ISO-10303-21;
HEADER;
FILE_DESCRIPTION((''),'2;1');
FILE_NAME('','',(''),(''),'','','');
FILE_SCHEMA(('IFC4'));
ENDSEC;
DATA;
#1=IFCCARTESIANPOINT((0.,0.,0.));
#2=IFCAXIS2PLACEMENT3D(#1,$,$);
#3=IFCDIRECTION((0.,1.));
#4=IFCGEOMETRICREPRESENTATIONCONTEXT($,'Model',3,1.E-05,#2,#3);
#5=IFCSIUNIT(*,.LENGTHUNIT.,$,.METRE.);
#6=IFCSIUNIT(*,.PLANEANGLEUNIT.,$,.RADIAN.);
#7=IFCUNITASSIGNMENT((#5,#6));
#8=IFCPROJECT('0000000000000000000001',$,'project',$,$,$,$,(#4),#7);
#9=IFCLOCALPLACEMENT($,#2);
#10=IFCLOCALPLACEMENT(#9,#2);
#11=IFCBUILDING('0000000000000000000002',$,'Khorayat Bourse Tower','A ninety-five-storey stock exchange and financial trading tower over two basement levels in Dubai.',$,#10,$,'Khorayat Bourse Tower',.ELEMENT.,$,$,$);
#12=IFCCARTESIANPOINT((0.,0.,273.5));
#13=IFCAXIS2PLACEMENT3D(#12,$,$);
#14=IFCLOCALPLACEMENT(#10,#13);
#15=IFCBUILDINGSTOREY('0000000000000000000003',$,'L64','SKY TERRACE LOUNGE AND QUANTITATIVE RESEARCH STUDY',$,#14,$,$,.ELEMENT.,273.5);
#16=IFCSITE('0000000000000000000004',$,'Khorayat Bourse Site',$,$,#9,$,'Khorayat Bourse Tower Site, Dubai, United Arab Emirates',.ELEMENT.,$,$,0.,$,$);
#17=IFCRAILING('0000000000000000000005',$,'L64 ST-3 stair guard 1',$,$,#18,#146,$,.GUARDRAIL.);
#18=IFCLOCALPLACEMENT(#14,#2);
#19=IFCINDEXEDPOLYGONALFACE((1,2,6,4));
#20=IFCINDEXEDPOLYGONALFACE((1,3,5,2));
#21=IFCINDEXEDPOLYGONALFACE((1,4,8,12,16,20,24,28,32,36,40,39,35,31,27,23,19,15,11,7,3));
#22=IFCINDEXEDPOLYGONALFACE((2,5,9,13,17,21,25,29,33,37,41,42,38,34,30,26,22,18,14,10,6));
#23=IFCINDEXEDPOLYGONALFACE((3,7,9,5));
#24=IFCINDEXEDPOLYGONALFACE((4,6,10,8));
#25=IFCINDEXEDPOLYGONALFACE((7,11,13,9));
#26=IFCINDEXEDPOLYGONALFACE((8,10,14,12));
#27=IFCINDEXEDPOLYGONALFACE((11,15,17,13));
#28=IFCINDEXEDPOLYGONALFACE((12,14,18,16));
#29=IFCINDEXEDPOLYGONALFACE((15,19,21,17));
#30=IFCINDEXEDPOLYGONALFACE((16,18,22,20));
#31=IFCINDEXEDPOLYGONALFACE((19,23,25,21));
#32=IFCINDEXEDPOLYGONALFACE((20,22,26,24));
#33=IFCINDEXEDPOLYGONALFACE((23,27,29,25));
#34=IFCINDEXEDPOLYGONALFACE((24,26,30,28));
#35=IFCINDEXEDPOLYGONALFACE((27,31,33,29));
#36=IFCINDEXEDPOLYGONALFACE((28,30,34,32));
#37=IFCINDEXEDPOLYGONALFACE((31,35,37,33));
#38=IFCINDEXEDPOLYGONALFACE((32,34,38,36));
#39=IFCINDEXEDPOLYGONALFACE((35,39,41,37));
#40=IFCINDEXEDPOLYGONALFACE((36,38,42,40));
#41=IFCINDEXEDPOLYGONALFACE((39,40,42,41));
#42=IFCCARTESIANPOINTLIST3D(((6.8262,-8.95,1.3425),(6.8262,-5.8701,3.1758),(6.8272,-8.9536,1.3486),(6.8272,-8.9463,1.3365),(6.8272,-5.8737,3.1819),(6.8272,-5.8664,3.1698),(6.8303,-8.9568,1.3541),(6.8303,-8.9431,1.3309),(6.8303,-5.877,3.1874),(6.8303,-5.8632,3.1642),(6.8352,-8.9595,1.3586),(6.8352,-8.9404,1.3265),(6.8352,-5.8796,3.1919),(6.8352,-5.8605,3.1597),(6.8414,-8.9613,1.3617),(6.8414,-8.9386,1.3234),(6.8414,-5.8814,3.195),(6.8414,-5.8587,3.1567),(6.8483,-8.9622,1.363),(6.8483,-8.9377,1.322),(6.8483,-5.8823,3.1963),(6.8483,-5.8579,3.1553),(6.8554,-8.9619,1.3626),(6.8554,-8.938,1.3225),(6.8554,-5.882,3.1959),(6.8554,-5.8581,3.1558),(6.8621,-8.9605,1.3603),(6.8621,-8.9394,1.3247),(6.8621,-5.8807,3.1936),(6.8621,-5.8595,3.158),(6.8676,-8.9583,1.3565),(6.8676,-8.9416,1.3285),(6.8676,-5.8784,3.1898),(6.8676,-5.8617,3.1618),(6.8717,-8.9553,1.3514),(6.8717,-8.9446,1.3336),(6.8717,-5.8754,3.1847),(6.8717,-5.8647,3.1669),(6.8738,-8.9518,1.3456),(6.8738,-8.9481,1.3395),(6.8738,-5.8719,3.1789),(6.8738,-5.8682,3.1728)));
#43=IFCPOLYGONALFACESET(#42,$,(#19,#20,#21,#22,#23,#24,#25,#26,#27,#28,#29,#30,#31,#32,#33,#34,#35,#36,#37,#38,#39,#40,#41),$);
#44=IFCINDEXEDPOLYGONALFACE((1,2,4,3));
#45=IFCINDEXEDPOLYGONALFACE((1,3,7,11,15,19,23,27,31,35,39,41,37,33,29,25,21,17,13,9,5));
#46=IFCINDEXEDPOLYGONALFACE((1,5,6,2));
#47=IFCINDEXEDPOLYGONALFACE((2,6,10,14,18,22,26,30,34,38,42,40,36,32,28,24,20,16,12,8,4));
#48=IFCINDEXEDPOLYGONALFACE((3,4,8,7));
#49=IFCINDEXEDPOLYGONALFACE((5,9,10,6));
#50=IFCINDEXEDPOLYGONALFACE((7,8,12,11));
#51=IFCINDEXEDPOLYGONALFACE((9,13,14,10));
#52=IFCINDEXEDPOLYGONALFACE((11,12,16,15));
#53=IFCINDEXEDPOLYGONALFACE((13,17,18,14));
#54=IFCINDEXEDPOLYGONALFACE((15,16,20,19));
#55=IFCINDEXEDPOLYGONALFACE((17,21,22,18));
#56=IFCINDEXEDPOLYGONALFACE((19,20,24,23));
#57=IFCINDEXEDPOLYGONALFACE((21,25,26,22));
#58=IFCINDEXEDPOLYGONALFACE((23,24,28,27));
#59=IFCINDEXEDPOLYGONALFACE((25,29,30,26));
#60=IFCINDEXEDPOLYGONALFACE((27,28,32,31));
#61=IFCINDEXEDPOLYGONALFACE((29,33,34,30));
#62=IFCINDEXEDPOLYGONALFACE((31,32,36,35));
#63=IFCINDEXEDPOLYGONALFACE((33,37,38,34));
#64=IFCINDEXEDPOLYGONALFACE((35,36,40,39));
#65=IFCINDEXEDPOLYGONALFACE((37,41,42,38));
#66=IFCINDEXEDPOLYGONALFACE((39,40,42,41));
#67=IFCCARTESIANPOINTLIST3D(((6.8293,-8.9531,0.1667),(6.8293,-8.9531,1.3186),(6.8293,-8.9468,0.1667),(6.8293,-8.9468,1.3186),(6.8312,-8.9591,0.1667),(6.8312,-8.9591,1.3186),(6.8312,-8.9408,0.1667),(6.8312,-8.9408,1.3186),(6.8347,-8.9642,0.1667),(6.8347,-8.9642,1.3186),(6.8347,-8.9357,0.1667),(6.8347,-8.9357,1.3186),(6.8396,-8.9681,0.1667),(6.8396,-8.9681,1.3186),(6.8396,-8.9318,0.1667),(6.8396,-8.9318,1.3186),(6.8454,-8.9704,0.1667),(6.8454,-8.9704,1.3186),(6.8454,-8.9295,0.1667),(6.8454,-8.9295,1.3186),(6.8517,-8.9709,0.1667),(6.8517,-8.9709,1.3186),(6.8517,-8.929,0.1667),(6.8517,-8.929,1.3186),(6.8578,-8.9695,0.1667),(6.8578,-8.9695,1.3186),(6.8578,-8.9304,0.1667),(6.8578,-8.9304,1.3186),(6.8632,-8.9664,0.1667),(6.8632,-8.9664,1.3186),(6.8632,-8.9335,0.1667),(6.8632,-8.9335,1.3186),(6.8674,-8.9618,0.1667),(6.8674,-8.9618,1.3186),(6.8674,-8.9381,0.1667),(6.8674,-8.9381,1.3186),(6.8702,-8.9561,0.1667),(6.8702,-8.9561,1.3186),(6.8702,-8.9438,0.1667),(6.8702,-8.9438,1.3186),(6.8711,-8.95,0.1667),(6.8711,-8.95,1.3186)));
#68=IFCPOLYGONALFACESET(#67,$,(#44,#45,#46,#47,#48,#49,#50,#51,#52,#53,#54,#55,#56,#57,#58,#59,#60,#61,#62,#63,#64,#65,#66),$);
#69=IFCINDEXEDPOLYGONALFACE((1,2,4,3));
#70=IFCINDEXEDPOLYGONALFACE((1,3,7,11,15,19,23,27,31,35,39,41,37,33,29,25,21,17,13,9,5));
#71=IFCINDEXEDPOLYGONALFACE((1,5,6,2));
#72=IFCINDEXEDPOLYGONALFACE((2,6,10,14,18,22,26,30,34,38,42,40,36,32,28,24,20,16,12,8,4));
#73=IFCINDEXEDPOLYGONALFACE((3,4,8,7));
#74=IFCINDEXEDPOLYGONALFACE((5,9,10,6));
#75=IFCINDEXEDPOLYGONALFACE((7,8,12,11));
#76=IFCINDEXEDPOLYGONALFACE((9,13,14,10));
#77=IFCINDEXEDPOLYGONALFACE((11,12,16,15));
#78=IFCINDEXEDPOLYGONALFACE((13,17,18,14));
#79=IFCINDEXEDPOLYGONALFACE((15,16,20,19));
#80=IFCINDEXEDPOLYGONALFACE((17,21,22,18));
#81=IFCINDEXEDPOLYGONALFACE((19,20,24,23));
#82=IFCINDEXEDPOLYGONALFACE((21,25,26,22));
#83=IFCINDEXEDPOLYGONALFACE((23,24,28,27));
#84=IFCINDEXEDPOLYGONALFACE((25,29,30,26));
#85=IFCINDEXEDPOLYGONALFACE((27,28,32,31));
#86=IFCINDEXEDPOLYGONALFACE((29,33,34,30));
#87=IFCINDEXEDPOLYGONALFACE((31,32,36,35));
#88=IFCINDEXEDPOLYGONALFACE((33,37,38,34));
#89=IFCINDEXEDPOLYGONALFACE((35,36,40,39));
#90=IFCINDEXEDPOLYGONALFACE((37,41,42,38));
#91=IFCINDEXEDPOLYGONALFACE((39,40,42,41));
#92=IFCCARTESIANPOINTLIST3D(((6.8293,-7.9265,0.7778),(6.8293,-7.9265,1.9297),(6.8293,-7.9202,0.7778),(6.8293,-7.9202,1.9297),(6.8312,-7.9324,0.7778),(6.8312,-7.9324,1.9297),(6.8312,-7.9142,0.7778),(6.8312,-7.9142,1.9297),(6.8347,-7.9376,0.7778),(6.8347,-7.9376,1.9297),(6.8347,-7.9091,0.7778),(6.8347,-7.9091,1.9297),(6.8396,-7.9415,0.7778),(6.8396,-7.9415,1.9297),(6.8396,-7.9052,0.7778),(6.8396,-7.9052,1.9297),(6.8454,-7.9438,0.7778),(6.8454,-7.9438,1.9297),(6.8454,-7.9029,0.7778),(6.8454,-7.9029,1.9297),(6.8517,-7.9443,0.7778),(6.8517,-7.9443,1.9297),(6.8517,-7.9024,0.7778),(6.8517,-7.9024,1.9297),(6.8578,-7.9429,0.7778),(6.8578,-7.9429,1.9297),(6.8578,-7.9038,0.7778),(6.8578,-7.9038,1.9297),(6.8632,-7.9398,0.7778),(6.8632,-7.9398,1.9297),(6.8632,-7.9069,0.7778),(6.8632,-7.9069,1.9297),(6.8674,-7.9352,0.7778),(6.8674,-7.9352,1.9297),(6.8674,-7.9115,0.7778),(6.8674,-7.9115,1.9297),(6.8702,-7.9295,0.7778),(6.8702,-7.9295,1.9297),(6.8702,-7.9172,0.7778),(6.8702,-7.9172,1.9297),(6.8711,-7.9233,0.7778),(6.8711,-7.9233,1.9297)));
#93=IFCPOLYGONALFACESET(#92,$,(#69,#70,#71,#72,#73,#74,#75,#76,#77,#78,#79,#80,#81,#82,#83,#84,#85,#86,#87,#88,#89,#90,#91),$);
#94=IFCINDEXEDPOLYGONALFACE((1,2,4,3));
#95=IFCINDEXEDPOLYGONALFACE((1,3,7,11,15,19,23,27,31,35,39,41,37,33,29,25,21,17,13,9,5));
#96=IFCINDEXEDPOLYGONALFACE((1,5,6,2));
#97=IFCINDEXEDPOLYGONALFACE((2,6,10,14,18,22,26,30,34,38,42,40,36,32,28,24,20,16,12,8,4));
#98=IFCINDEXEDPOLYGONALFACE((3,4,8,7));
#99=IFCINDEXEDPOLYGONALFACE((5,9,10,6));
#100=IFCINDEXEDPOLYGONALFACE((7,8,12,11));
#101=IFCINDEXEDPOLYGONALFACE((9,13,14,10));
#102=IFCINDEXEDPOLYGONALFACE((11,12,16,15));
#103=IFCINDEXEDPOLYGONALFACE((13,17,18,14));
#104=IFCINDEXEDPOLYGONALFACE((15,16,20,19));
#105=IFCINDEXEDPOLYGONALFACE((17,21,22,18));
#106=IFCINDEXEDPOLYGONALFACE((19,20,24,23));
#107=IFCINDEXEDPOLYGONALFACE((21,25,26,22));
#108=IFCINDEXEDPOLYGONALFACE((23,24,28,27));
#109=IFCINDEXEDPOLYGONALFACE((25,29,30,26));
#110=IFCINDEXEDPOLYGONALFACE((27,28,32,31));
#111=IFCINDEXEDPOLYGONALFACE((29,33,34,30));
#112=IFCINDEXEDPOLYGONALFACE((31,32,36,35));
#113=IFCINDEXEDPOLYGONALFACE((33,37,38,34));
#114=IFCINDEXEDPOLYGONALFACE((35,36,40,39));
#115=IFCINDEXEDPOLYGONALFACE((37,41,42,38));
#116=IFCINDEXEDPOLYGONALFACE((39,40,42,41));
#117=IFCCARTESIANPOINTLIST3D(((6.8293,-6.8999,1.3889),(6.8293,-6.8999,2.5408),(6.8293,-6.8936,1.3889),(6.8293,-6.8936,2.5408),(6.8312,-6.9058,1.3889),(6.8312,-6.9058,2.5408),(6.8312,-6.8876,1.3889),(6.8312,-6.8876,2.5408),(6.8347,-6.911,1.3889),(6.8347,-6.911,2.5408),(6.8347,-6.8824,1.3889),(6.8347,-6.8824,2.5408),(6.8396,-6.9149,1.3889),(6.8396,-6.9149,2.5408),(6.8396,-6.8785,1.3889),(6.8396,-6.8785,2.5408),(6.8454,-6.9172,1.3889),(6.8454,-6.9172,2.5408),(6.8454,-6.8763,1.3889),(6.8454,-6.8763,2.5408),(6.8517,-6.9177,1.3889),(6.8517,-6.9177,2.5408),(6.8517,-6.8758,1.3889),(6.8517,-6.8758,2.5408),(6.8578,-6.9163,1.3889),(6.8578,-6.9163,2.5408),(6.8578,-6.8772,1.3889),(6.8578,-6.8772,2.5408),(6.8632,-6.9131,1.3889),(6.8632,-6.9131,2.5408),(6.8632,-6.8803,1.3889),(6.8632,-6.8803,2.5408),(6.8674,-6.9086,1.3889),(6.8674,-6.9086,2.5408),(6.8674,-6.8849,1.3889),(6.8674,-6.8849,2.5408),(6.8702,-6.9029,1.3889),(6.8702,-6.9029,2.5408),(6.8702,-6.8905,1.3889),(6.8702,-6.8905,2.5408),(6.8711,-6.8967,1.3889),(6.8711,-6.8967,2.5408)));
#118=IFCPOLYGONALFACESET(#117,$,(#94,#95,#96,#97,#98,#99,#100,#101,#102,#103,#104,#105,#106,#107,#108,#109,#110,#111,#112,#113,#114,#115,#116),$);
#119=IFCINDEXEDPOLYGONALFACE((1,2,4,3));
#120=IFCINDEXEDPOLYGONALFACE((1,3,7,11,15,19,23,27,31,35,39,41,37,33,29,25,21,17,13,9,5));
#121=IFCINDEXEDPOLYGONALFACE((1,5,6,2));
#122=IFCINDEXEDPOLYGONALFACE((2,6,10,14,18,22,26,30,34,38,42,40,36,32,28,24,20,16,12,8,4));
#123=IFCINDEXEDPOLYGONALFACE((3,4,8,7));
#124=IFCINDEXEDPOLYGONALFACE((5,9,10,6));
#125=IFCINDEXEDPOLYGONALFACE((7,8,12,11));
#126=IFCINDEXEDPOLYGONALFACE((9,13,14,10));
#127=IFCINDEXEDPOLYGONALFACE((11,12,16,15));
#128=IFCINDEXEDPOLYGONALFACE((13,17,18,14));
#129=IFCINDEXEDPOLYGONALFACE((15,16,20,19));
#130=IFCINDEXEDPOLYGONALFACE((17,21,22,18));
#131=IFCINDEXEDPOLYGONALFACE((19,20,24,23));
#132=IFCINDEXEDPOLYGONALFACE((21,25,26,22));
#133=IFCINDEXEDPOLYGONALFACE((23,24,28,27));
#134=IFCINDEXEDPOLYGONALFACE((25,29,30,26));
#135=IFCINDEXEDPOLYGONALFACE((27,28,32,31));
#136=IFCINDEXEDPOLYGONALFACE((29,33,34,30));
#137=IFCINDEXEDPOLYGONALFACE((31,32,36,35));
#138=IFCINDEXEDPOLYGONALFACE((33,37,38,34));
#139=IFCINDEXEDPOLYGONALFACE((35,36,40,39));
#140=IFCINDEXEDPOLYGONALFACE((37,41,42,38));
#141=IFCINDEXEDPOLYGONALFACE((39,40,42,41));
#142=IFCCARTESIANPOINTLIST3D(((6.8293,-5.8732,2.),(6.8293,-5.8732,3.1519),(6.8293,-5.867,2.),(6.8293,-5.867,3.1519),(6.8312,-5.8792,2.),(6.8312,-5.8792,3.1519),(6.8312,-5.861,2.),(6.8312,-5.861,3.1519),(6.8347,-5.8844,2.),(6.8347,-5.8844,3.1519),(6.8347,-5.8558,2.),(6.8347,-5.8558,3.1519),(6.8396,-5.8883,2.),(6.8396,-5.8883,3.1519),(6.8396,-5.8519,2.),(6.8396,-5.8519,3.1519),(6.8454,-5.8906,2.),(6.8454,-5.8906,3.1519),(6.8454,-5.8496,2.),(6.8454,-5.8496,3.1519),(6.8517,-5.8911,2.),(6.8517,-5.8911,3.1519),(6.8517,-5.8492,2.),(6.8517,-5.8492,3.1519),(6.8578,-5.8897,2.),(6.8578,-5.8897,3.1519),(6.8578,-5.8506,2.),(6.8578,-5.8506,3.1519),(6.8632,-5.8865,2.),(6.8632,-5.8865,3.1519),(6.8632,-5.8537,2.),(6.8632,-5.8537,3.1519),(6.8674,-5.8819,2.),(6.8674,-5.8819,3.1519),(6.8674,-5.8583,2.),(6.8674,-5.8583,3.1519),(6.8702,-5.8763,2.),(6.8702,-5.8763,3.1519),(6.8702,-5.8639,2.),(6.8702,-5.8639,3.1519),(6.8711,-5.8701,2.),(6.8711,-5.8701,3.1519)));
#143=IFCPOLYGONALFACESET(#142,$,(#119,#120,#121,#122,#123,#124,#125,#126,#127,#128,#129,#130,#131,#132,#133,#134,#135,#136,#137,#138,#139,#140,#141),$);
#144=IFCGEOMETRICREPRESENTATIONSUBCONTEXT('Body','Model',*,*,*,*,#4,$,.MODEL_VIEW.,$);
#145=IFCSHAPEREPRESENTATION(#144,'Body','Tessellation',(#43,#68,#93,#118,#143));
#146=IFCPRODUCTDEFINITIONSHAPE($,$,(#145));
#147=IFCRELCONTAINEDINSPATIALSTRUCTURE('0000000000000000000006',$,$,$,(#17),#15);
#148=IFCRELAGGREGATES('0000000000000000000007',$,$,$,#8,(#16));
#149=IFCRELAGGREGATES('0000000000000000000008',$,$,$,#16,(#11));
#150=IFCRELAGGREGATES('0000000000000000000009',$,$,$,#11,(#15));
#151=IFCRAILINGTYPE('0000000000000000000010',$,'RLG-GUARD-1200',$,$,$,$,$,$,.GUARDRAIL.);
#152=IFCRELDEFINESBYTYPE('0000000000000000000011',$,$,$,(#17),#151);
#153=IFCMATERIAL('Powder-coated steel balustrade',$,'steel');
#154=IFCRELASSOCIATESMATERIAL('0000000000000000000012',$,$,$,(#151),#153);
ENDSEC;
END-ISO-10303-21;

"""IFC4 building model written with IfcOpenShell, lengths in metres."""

from ifc_helpers import new_model, si_unit, direction, frame, origin, origin_2d, place, context, subcontext, project, spatial, circle, extrude, source, transform, mapped, material, type_object, element, save


model = new_model("IFC4")

# Units and contexts
model_context = context("Model", 3, precision=1e-05, world=origin(), true_north=direction((0.0, 1.0)))
body_context = subcontext(model_context, "Body", "Model", "MODEL_VIEW")
ifc_project = project(units=[si_unit("LENGTHUNIT", "METRE"), si_unit("PLANEANGLEUNIT", "RADIAN")], contexts=[model_context])

# Site, building, storey
site_placement = place(None, origin())
site = spatial("IfcSite", under=ifc_project, at=site_placement, Name="Khorayat Bourse Site", LongName="Khorayat Bourse Tower Site, Dubai, United Arab Emirates", CompositionType="ELEMENT", RefElevation=0.0)
building_placement = place(site_placement, origin())
building = spatial("IfcBuilding", under=site, at=building_placement, Name="Khorayat Bourse Tower", Description="A ninety-five-storey stock exchange and financial trading tower over two basement levels in Dubai.", LongName="Khorayat Bourse Tower", CompositionType="ELEMENT")
storey_placement = place(building_placement, frame((0.0, 0.0, 273.5)))
storey = spatial("IfcBuildingStorey", under=building, at=storey_placement, Name="L64", Description="SKY TERRACE LOUNGE AND QUANTITATIVE RESEARCH STUDY", CompositionType="ELEMENT", Elevation=273.5)

# Railing
ifc_material_1 = material(Name="Powder-coated steel balustrade", Category="steel")
railing_type_1 = type_object("IfcRailingType", Name="RLG-GUARD-1200", PredefinedType="GUARDRAIL", material=ifc_material_1)
shared_shape_1 = source(origin(), body_context, "Body", "SweptSolid", [
    extrude(circle(Radius=0.0239, at=origin_2d()), frame((0.0, 0.0, 1.1758), z_axis=(0.0, 0.859291, 0.511487), x_axis=(-1.0, 0.0, 0.0)), (0.0, 0.0, 1.0), 3.5842),
    extrude(circle(Radius=0.021, at=origin_2d()), origin(), (0.0, 0.0, 1.0), 1.1519),
    extrude(circle(Radius=0.021, at=origin_2d()), frame((0.0, 1.0266, 0.6111)), (0.0, 0.0, 1.0), 1.1519),
    extrude(circle(Radius=0.021, at=origin_2d()), frame((0.0, 2.0532, 1.2222)), (0.0, 0.0, 1.0), 1.1519),
    extrude(circle(Radius=0.021, at=origin_2d()), frame((0.0, 3.0798, 1.8333)), (0.0, 0.0, 1.0), 1.1519),
])
railing_1_placement = place(storey_placement, frame((6.8501, -8.95, 0.1667)))
element("IfcRailing", 1, at=railing_1_placement, inside=storey, type_object=railing_type_1, Name="L64 ST-3 stair guard 1", PredefinedType="GUARDRAIL", context=body_context, shape_type="MappedRepresentation", body=[
    mapped(shared_shape_1, transform((0.0, 0.0, 0.0), scale=1.0)),
])

save(model, "model.ifc")
